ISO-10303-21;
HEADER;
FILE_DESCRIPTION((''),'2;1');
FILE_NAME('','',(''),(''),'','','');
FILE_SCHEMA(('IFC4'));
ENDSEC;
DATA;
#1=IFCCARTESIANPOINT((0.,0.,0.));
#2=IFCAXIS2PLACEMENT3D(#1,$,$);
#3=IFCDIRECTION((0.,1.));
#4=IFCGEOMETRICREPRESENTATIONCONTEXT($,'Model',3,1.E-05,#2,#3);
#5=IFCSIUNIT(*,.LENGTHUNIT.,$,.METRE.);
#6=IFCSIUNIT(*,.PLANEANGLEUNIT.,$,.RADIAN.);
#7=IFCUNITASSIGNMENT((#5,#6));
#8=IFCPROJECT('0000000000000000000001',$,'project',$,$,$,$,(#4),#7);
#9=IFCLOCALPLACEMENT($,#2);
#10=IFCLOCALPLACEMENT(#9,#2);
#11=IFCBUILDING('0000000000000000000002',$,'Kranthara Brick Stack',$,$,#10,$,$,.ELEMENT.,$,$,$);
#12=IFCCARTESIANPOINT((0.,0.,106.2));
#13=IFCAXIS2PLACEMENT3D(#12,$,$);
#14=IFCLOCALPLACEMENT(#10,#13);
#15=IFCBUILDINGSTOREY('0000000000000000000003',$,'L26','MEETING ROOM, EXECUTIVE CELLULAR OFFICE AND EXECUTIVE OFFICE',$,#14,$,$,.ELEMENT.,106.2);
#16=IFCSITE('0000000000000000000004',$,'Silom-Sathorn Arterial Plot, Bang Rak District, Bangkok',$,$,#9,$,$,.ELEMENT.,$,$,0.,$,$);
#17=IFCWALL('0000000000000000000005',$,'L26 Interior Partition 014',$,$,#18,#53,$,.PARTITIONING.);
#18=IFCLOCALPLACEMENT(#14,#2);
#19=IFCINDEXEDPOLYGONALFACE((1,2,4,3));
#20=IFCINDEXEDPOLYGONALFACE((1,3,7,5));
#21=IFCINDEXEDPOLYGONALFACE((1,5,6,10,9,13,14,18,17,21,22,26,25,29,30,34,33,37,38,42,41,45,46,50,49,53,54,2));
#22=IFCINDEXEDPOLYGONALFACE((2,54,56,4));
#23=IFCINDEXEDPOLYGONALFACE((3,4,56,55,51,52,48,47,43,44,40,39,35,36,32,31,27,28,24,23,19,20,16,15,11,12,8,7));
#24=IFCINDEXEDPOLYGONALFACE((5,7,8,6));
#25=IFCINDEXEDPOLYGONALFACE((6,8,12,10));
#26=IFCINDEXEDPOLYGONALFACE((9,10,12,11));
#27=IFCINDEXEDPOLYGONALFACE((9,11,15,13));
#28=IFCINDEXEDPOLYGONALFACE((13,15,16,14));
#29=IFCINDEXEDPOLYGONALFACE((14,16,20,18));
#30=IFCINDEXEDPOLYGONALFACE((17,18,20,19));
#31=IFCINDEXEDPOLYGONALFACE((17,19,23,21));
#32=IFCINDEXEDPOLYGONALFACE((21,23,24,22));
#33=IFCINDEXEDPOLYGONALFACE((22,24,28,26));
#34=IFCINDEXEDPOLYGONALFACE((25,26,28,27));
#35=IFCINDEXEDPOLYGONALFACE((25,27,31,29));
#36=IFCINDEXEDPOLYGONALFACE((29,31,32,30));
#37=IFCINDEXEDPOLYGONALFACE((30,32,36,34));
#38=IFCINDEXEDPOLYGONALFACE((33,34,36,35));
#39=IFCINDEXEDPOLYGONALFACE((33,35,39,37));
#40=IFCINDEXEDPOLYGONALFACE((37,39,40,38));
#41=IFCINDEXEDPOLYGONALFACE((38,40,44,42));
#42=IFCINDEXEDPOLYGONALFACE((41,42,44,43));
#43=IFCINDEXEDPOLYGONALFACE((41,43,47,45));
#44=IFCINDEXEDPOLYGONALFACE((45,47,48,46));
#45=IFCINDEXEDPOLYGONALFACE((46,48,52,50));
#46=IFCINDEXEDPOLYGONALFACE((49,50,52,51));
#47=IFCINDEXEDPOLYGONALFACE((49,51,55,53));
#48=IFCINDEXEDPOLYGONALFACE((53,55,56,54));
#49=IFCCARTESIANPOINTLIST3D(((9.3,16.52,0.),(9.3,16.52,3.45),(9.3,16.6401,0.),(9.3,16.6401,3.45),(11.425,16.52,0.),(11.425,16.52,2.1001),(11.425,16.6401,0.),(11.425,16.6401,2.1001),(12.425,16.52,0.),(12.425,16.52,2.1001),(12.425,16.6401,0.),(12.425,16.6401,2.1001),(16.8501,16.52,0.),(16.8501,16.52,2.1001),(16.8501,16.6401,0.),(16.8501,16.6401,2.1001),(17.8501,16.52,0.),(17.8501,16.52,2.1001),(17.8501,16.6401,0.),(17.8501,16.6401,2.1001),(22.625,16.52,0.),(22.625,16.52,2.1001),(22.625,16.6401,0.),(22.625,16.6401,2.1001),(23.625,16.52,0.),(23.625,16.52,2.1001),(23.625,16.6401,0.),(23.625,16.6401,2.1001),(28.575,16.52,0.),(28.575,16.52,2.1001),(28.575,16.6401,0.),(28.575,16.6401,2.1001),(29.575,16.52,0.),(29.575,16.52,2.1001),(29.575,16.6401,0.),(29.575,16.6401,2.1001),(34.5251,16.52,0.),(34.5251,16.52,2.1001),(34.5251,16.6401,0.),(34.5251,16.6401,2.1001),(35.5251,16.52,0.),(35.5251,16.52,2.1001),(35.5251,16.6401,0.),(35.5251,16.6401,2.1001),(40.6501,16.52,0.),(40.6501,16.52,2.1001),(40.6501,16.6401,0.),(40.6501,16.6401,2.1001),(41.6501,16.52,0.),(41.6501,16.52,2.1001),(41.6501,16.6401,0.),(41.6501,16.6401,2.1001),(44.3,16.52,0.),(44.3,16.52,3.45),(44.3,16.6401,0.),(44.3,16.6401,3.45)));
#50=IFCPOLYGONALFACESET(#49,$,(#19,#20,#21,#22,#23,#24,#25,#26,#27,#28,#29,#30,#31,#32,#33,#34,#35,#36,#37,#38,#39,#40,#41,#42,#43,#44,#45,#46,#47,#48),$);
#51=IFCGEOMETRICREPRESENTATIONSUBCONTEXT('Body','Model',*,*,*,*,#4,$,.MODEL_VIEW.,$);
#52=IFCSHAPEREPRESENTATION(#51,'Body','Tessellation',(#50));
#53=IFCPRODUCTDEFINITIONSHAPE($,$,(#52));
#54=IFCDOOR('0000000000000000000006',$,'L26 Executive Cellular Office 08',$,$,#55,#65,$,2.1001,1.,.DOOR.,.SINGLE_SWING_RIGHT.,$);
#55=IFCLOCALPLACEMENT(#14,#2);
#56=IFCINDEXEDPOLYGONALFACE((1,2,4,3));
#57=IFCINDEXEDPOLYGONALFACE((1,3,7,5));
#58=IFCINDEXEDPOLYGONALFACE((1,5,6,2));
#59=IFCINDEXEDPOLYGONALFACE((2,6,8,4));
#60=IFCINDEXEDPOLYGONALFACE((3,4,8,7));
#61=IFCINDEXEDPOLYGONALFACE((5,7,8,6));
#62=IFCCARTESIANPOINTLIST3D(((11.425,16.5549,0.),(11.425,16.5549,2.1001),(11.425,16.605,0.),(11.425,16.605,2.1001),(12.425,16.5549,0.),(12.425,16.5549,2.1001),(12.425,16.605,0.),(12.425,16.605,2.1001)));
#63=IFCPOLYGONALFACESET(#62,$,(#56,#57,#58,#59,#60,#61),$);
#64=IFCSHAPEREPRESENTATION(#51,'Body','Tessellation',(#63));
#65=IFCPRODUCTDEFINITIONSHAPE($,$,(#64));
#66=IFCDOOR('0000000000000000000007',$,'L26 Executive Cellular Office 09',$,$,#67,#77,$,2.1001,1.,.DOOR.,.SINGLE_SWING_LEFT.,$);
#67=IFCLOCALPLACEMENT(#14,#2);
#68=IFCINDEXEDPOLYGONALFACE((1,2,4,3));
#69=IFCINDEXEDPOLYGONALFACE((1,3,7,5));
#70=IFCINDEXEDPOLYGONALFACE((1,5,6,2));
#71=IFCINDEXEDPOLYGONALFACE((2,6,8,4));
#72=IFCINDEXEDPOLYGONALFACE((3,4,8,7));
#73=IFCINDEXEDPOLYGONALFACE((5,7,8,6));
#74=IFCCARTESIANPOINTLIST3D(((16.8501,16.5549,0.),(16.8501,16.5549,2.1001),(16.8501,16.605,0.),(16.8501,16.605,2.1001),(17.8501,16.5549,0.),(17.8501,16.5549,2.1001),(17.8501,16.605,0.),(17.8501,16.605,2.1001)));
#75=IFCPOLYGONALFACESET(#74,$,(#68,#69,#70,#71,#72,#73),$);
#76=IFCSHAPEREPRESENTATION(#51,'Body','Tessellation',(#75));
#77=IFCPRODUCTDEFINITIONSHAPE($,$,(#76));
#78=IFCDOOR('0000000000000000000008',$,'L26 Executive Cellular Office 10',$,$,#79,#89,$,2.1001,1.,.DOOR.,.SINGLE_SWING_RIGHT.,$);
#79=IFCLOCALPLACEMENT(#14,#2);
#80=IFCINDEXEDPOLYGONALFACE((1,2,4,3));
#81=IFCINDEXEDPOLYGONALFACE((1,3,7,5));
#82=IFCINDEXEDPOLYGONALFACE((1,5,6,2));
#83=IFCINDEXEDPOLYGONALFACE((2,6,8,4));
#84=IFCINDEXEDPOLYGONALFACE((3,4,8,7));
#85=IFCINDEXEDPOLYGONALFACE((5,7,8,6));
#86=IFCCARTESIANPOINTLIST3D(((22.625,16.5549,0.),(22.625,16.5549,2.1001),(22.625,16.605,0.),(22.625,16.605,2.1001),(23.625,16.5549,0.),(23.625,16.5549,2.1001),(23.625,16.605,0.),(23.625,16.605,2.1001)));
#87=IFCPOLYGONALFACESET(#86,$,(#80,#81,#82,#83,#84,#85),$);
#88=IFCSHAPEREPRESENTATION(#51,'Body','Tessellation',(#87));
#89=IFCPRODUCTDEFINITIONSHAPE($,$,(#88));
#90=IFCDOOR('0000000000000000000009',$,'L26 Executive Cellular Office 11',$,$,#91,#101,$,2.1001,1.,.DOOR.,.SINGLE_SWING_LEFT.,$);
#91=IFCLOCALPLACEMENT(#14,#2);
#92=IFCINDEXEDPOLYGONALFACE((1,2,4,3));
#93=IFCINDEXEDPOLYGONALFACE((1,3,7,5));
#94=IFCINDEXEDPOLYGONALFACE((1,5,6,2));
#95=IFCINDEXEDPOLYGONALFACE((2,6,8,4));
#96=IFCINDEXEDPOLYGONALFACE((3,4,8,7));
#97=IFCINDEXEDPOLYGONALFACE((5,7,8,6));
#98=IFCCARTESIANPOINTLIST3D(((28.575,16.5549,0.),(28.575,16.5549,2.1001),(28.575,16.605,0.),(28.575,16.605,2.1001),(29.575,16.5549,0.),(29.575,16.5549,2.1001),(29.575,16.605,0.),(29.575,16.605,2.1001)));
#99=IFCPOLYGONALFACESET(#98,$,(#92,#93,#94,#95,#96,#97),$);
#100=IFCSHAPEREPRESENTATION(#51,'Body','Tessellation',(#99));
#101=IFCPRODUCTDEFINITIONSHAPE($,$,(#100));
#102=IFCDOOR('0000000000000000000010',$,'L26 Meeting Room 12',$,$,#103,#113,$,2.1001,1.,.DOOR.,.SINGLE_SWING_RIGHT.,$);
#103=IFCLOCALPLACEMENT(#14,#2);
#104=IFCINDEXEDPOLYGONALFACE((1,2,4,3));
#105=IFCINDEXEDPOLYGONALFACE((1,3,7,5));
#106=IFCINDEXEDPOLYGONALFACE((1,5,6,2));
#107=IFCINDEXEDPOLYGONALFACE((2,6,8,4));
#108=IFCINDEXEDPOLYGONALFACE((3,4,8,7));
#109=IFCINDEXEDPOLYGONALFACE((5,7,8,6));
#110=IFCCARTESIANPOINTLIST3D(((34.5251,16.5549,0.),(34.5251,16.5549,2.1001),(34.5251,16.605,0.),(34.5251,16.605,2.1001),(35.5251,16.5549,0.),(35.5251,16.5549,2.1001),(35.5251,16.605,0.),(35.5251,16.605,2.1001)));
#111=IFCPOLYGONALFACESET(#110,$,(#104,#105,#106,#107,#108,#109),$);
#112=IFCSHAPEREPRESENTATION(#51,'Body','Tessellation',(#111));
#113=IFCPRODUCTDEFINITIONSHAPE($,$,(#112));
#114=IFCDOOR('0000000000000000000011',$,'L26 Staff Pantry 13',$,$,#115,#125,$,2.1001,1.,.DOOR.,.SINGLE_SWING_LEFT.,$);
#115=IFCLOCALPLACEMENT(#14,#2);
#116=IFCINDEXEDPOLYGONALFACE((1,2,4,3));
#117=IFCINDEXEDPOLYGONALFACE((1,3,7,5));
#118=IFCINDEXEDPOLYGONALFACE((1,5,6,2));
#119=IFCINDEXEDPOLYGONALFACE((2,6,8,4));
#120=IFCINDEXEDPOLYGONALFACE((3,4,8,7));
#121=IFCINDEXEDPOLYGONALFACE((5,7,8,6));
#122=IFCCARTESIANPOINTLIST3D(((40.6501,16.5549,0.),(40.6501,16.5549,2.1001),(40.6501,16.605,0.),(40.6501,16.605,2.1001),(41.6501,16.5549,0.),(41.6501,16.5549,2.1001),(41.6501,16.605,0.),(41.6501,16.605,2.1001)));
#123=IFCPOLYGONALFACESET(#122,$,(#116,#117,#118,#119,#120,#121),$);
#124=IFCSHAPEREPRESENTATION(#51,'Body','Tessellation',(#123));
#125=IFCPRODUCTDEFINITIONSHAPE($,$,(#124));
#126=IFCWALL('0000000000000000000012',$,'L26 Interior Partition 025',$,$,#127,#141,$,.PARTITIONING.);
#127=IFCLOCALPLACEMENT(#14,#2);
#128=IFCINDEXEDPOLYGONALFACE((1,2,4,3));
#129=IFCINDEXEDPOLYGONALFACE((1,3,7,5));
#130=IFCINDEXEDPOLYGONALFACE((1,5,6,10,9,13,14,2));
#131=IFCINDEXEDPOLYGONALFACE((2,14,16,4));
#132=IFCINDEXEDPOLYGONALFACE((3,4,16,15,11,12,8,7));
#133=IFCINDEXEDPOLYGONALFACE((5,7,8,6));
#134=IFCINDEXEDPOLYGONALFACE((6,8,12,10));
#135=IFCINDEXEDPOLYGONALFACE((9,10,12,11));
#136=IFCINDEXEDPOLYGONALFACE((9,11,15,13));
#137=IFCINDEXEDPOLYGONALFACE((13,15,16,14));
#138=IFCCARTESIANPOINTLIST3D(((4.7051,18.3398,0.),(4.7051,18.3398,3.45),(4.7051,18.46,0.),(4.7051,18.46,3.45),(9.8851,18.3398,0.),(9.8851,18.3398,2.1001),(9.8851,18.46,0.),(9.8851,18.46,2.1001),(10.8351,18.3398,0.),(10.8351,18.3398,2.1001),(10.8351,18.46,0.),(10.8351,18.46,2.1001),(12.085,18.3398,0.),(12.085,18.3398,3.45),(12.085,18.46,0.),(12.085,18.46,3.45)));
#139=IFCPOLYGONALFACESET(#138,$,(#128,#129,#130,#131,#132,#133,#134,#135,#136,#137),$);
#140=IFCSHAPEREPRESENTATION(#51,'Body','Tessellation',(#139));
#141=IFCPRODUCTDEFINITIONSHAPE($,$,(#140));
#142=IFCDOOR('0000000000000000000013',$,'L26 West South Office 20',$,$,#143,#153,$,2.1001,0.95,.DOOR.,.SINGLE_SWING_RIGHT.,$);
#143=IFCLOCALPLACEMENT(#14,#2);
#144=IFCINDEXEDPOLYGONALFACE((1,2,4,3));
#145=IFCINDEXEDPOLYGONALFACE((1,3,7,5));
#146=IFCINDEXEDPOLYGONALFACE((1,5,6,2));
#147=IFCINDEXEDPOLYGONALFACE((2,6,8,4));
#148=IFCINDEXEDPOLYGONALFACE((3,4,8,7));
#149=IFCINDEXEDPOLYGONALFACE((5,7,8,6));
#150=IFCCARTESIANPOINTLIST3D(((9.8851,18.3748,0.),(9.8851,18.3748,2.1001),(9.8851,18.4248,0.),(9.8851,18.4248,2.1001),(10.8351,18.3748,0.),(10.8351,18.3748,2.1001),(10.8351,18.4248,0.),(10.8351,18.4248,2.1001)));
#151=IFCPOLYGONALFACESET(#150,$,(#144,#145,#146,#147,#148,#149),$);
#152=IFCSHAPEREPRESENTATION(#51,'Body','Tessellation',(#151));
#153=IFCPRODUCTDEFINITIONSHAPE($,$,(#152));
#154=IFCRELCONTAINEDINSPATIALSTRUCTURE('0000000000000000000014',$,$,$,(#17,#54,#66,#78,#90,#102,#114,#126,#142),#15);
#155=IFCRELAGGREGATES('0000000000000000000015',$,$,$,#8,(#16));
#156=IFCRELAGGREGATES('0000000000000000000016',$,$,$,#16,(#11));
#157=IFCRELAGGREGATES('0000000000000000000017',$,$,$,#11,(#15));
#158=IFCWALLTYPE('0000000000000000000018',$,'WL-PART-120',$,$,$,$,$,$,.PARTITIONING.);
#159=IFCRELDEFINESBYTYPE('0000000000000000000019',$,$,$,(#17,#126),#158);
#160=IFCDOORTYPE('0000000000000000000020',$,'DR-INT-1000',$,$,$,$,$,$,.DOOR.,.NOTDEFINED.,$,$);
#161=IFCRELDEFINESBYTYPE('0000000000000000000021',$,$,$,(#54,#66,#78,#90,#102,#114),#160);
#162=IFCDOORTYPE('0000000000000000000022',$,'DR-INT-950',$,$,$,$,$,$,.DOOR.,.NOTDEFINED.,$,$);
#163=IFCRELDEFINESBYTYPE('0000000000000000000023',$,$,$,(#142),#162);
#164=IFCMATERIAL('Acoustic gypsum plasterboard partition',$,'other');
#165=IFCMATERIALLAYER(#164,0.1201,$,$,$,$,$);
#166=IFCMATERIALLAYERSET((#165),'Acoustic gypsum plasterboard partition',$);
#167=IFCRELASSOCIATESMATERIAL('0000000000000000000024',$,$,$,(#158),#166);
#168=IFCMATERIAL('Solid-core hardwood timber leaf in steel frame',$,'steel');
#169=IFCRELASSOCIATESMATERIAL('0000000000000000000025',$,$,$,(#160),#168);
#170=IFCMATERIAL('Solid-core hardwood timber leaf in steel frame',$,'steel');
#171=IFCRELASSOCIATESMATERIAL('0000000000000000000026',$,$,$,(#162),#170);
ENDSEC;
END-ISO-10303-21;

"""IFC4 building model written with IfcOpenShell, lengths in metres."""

from ifc_helpers import new_model, si_unit, direction, frame, frame_2d, origin, place, context, subcontext, project, spatial, rectangle, extrude, material, layer, layer_set, type_object, element, fill, save


model = new_model("IFC4")

# Units and contexts
model_context = context("Model", 3, precision=1e-05, world=origin(), true_north=direction((0.0, 1.0)))
body_context = subcontext(model_context, "Body", "Model", "MODEL_VIEW")
ifc_project = project(units=[si_unit("LENGTHUNIT", "METRE"), si_unit("PLANEANGLEUNIT", "RADIAN")], contexts=[model_context])

# Site, building, storey
site_placement = place(None, origin())
site = spatial("IfcSite", under=ifc_project, at=site_placement, Name="Silom-Sathorn Arterial Plot, Bang Rak District, Bangkok", CompositionType="ELEMENT", RefElevation=0.0)
building_placement = place(site_placement, origin())
building = spatial("IfcBuilding", under=site, at=building_placement, Name="Kranthara Brick Stack", CompositionType="ELEMENT")
storey_placement = place(building_placement, frame((0.0, 0.0, 106.2)))
storey = spatial("IfcBuildingStorey", under=building, at=storey_placement, Name="L26", Description="MEETING ROOM, EXECUTIVE CELLULAR OFFICE AND EXECUTIVE OFFICE", CompositionType="ELEMENT", Elevation=106.2)

# Wall, openings, doors
ifc_material_1 = material(Name="Acoustic gypsum plasterboard partition", Category="other")
ifc_layer_1 = layer(ifc_material_1, 0.1201)
ifc_layer_set_1 = layer_set([ifc_layer_1], Name="Acoustic gypsum plasterboard partition")
wall_type_1 = type_object("IfcWallType", Name="WL-PART-120", PredefinedType="PARTITIONING", material=ifc_layer_set_1)
wall_1_placement = place(storey_placement, frame((9.3, 16.5801, 0.0), z_axis=(0.0, 0.0, 1.0), x_axis=(1.0, 0.0, 0.0)))
wall_1 = element("IfcWall", 1, at=wall_1_placement, inside=storey, type_object=wall_type_1, Name="L26 Interior Partition 014", PredefinedType="PARTITIONING", context=body_context, shape_type="SweptSolid", body=[
    extrude(rectangle(XDim=35.0, YDim=0.1201, at=frame_2d((17.5, 0.0))), origin(), (0.0, 0.0, 1.0), 3.45),
])
opening_1_placement = place(wall_1_placement, frame((2.125, 0.0, 0.0)))
opening_1 = element("IfcOpeningElement", 2, at=opening_1_placement, cuts=wall_1, PredefinedType="OPENING", context=body_context, shape_type="SweptSolid", body=[
    extrude(rectangle(XDim=1.0, YDim=2.1001, at=frame_2d((0.5, 1.05))), frame((0.0, 0.0701, 0.0), z_axis=(0.0, -1.0, 0.0), x_axis=(1.0, 0.0, 0.0)), (0.0, 0.0, 1.0), 0.1401),
])
opening_2_placement = place(wall_1_placement, frame((7.55, 0.0, 0.0)))
opening_2 = element("IfcOpeningElement", 3, at=opening_2_placement, cuts=wall_1, PredefinedType="OPENING", context=body_context, shape_type="SweptSolid", body=[
    extrude(rectangle(XDim=1.0, YDim=2.1001, at=frame_2d((0.5, 1.05))), frame((0.0, 0.0701, 0.0), z_axis=(0.0, -1.0, 0.0), x_axis=(1.0, 0.0, 0.0)), (0.0, 0.0, 1.0), 0.1401),
])
opening_3_placement = place(wall_1_placement, frame((13.325, 0.0, 0.0)))
opening_3 = element("IfcOpeningElement", 4, at=opening_3_placement, cuts=wall_1, PredefinedType="OPENING", context=body_context, shape_type="SweptSolid", body=[
    extrude(rectangle(XDim=1.0, YDim=2.1001, at=frame_2d((0.5, 1.05))), frame((0.0, 0.0701, 0.0), z_axis=(0.0, -1.0, 0.0), x_axis=(1.0, 0.0, 0.0)), (0.0, 0.0, 1.0), 0.1401),
])
opening_4_placement = place(wall_1_placement, frame((19.2749, 0.0, 0.0)))
opening_4 = element("IfcOpeningElement", 5, at=opening_4_placement, cuts=wall_1, PredefinedType="OPENING", context=body_context, shape_type="SweptSolid", body=[
    extrude(rectangle(XDim=1.0, YDim=2.1001, at=frame_2d((0.5, 1.05))), frame((0.0, 0.0701, 0.0), z_axis=(0.0, -1.0, 0.0), x_axis=(1.0, 0.0, 0.0)), (0.0, 0.0, 1.0), 0.1401),
])
opening_5_placement = place(wall_1_placement, frame((25.2251, 0.0, 0.0)))
opening_5 = element("IfcOpeningElement", 6, at=opening_5_placement, cuts=wall_1, PredefinedType="OPENING", context=body_context, shape_type="SweptSolid", body=[
    extrude(rectangle(XDim=1.0, YDim=2.1001, at=frame_2d((0.5, 1.05))), frame((0.0, 0.0701, 0.0), z_axis=(0.0, -1.0, 0.0), x_axis=(1.0, 0.0, 0.0)), (0.0, 0.0, 1.0), 0.1401),
])
opening_6_placement = place(wall_1_placement, frame((31.3501, 0.0, 0.0)))
opening_6 = element("IfcOpeningElement", 7, at=opening_6_placement, cuts=wall_1, PredefinedType="OPENING", context=body_context, shape_type="SweptSolid", body=[
    extrude(rectangle(XDim=1.0, YDim=2.1001, at=frame_2d((0.5, 1.05))), frame((0.0, 0.0701, 0.0), z_axis=(0.0, -1.0, 0.0), x_axis=(1.0, 0.0, 0.0)), (0.0, 0.0, 1.0), 0.1401),
])
ifc_material_2 = material(Name="Solid-core hardwood timber leaf in steel frame", Category="steel")
door_type_1 = type_object("IfcDoorType", Name="DR-INT-1000", OperationType="NOTDEFINED", PredefinedType="DOOR", material=ifc_material_2)
door_1_placement = place(opening_1_placement, origin())
door_1 = element("IfcDoor", 8, at=door_1_placement, inside=storey, type_object=door_type_1, Name="L26 Executive Cellular Office 08", OperationType="SINGLE_SWING_RIGHT", OverallHeight=2.1001, OverallWidth=1.0, PredefinedType="DOOR", context=body_context, shape_type="SweptSolid", body=[
    extrude(rectangle(XDim=1.0, YDim=2.1001, at=frame_2d((0.5, 1.05))), frame((0.0, 0.0249, 0.0), z_axis=(0.0, -1.0, 0.0), x_axis=(1.0, 0.0, 0.0)), (0.0, 0.0, 1.0), 0.05),
])
fill(opening_1, door_1)
door_2_placement = place(opening_2_placement, origin())
door_2 = element("IfcDoor", 9, at=door_2_placement, inside=storey, type_object=door_type_1, Name="L26 Executive Cellular Office 09", OperationType="SINGLE_SWING_LEFT", OverallHeight=2.1001, OverallWidth=1.0, PredefinedType="DOOR", context=body_context, shape_type="SweptSolid", body=[
    extrude(rectangle(XDim=1.0, YDim=2.1001, at=frame_2d((0.5, 1.05))), frame((0.0, 0.0249, 0.0), z_axis=(0.0, -1.0, 0.0), x_axis=(1.0, 0.0, 0.0)), (0.0, 0.0, 1.0), 0.05),
])
fill(opening_2, door_2)
door_3_placement = place(opening_3_placement, origin())
door_3 = element("IfcDoor", 10, at=door_3_placement, inside=storey, type_object=door_type_1, Name="L26 Executive Cellular Office 10", OperationType="SINGLE_SWING_RIGHT", OverallHeight=2.1001, OverallWidth=1.0, PredefinedType="DOOR", context=body_context, shape_type="SweptSolid", body=[
    extrude(rectangle(XDim=1.0, YDim=2.1001, at=frame_2d((0.5, 1.05))), frame((0.0, 0.0249, 0.0), z_axis=(0.0, -1.0, 0.0), x_axis=(1.0, 0.0, 0.0)), (0.0, 0.0, 1.0), 0.05),
])
fill(opening_3, door_3)
door_4_placement = place(opening_4_placement, origin())
door_4 = element("IfcDoor", 11, at=door_4_placement, inside=storey, type_object=door_type_1, Name="L26 Executive Cellular Office 11", OperationType="SINGLE_SWING_LEFT", OverallHeight=2.1001, OverallWidth=1.0, PredefinedType="DOOR", context=body_context, shape_type="SweptSolid", body=[
    extrude(rectangle(XDim=1.0, YDim=2.1001, at=frame_2d((0.5, 1.05))), frame((0.0, 0.0249, 0.0), z_axis=(0.0, -1.0, 0.0), x_axis=(1.0, 0.0, 0.0)), (0.0, 0.0, 1.0), 0.05),
])
fill(opening_4, door_4)
door_5_placement = place(opening_5_placement, origin())
door_5 = element("IfcDoor", 12, at=door_5_placement, inside=storey, type_object=door_type_1, Name="L26 Meeting Room 12", OperationType="SINGLE_SWING_RIGHT", OverallHeight=2.1001, OverallWidth=1.0, PredefinedType="DOOR", context=body_context, shape_type="SweptSolid", body=[
    extrude(rectangle(XDim=1.0, YDim=2.1001, at=frame_2d((0.5, 1.05))), frame((0.0, 0.0249, 0.0), z_axis=(0.0, -1.0, 0.0), x_axis=(1.0, 0.0, 0.0)), (0.0, 0.0, 1.0), 0.05),
])
fill(opening_5, door_5)
door_6_placement = place(opening_6_placement, origin())
door_6 = element("IfcDoor", 13, at=door_6_placement, inside=storey, type_object=door_type_1, Name="L26 Staff Pantry 13", OperationType="SINGLE_SWING_LEFT", OverallHeight=2.1001, OverallWidth=1.0, PredefinedType="DOOR", context=body_context, shape_type="SweptSolid", body=[
    extrude(rectangle(XDim=1.0, YDim=2.1001, at=frame_2d((0.5, 1.05))), frame((0.0, 0.0249, 0.0), z_axis=(0.0, -1.0, 0.0), x_axis=(1.0, 0.0, 0.0)), (0.0, 0.0, 1.0), 0.05),
])
fill(opening_6, door_6)

# Wall, opening, door
wall_2_placement = place(storey_placement, frame((4.7051, 18.3999, 0.0), z_axis=(0.0, 0.0, 1.0), x_axis=(1.0, 0.0, 0.0)))
wall_2 = element("IfcWall", 14, at=wall_2_placement, inside=storey, type_object=wall_type_1, Name="L26 Interior Partition 025", PredefinedType="PARTITIONING", context=body_context, shape_type="SweptSolid", body=[
    extrude(rectangle(XDim=7.3799, YDim=0.1201, at=frame_2d((3.6899, 0.0))), origin(), (0.0, 0.0, 1.0), 3.45),
])
opening_7_placement = place(wall_2_placement, frame((5.1799, 0.0, 0.0)))
opening_7 = element("IfcOpeningElement", 15, at=opening_7_placement, cuts=wall_2, PredefinedType="OPENING", context=body_context, shape_type="SweptSolid", body=[
    extrude(rectangle(XDim=0.95, YDim=2.1001, at=frame_2d((0.4751, 1.05))), frame((0.0, 0.0701, 0.0), z_axis=(0.0, -1.0, 0.0), x_axis=(1.0, 0.0, 0.0)), (0.0, 0.0, 1.0), 0.1401),
])
ifc_material_3 = material(Name="Solid-core hardwood timber leaf in steel frame", Category="steel")
door_type_2 = type_object("IfcDoorType", Name="DR-INT-950", OperationType="NOTDEFINED", PredefinedType="DOOR", material=ifc_material_3)
door_7_placement = place(opening_7_placement, origin())
door_7 = element("IfcDoor", 16, at=door_7_placement, inside=storey, type_object=door_type_2, Name="L26 West South Office 20", OperationType="SINGLE_SWING_RIGHT", OverallHeight=2.1001, OverallWidth=0.95, PredefinedType="DOOR", context=body_context, shape_type="SweptSolid", body=[
    extrude(rectangle(XDim=0.95, YDim=2.1001, at=frame_2d((0.4751, 1.05))), frame((0.0, 0.0249, 0.0), z_axis=(0.0, -1.0, 0.0), x_axis=(1.0, 0.0, 0.0)), (0.0, 0.0, 1.0), 0.05),
])
fill(opening_7, door_7)

save(model, "model.ifc")
